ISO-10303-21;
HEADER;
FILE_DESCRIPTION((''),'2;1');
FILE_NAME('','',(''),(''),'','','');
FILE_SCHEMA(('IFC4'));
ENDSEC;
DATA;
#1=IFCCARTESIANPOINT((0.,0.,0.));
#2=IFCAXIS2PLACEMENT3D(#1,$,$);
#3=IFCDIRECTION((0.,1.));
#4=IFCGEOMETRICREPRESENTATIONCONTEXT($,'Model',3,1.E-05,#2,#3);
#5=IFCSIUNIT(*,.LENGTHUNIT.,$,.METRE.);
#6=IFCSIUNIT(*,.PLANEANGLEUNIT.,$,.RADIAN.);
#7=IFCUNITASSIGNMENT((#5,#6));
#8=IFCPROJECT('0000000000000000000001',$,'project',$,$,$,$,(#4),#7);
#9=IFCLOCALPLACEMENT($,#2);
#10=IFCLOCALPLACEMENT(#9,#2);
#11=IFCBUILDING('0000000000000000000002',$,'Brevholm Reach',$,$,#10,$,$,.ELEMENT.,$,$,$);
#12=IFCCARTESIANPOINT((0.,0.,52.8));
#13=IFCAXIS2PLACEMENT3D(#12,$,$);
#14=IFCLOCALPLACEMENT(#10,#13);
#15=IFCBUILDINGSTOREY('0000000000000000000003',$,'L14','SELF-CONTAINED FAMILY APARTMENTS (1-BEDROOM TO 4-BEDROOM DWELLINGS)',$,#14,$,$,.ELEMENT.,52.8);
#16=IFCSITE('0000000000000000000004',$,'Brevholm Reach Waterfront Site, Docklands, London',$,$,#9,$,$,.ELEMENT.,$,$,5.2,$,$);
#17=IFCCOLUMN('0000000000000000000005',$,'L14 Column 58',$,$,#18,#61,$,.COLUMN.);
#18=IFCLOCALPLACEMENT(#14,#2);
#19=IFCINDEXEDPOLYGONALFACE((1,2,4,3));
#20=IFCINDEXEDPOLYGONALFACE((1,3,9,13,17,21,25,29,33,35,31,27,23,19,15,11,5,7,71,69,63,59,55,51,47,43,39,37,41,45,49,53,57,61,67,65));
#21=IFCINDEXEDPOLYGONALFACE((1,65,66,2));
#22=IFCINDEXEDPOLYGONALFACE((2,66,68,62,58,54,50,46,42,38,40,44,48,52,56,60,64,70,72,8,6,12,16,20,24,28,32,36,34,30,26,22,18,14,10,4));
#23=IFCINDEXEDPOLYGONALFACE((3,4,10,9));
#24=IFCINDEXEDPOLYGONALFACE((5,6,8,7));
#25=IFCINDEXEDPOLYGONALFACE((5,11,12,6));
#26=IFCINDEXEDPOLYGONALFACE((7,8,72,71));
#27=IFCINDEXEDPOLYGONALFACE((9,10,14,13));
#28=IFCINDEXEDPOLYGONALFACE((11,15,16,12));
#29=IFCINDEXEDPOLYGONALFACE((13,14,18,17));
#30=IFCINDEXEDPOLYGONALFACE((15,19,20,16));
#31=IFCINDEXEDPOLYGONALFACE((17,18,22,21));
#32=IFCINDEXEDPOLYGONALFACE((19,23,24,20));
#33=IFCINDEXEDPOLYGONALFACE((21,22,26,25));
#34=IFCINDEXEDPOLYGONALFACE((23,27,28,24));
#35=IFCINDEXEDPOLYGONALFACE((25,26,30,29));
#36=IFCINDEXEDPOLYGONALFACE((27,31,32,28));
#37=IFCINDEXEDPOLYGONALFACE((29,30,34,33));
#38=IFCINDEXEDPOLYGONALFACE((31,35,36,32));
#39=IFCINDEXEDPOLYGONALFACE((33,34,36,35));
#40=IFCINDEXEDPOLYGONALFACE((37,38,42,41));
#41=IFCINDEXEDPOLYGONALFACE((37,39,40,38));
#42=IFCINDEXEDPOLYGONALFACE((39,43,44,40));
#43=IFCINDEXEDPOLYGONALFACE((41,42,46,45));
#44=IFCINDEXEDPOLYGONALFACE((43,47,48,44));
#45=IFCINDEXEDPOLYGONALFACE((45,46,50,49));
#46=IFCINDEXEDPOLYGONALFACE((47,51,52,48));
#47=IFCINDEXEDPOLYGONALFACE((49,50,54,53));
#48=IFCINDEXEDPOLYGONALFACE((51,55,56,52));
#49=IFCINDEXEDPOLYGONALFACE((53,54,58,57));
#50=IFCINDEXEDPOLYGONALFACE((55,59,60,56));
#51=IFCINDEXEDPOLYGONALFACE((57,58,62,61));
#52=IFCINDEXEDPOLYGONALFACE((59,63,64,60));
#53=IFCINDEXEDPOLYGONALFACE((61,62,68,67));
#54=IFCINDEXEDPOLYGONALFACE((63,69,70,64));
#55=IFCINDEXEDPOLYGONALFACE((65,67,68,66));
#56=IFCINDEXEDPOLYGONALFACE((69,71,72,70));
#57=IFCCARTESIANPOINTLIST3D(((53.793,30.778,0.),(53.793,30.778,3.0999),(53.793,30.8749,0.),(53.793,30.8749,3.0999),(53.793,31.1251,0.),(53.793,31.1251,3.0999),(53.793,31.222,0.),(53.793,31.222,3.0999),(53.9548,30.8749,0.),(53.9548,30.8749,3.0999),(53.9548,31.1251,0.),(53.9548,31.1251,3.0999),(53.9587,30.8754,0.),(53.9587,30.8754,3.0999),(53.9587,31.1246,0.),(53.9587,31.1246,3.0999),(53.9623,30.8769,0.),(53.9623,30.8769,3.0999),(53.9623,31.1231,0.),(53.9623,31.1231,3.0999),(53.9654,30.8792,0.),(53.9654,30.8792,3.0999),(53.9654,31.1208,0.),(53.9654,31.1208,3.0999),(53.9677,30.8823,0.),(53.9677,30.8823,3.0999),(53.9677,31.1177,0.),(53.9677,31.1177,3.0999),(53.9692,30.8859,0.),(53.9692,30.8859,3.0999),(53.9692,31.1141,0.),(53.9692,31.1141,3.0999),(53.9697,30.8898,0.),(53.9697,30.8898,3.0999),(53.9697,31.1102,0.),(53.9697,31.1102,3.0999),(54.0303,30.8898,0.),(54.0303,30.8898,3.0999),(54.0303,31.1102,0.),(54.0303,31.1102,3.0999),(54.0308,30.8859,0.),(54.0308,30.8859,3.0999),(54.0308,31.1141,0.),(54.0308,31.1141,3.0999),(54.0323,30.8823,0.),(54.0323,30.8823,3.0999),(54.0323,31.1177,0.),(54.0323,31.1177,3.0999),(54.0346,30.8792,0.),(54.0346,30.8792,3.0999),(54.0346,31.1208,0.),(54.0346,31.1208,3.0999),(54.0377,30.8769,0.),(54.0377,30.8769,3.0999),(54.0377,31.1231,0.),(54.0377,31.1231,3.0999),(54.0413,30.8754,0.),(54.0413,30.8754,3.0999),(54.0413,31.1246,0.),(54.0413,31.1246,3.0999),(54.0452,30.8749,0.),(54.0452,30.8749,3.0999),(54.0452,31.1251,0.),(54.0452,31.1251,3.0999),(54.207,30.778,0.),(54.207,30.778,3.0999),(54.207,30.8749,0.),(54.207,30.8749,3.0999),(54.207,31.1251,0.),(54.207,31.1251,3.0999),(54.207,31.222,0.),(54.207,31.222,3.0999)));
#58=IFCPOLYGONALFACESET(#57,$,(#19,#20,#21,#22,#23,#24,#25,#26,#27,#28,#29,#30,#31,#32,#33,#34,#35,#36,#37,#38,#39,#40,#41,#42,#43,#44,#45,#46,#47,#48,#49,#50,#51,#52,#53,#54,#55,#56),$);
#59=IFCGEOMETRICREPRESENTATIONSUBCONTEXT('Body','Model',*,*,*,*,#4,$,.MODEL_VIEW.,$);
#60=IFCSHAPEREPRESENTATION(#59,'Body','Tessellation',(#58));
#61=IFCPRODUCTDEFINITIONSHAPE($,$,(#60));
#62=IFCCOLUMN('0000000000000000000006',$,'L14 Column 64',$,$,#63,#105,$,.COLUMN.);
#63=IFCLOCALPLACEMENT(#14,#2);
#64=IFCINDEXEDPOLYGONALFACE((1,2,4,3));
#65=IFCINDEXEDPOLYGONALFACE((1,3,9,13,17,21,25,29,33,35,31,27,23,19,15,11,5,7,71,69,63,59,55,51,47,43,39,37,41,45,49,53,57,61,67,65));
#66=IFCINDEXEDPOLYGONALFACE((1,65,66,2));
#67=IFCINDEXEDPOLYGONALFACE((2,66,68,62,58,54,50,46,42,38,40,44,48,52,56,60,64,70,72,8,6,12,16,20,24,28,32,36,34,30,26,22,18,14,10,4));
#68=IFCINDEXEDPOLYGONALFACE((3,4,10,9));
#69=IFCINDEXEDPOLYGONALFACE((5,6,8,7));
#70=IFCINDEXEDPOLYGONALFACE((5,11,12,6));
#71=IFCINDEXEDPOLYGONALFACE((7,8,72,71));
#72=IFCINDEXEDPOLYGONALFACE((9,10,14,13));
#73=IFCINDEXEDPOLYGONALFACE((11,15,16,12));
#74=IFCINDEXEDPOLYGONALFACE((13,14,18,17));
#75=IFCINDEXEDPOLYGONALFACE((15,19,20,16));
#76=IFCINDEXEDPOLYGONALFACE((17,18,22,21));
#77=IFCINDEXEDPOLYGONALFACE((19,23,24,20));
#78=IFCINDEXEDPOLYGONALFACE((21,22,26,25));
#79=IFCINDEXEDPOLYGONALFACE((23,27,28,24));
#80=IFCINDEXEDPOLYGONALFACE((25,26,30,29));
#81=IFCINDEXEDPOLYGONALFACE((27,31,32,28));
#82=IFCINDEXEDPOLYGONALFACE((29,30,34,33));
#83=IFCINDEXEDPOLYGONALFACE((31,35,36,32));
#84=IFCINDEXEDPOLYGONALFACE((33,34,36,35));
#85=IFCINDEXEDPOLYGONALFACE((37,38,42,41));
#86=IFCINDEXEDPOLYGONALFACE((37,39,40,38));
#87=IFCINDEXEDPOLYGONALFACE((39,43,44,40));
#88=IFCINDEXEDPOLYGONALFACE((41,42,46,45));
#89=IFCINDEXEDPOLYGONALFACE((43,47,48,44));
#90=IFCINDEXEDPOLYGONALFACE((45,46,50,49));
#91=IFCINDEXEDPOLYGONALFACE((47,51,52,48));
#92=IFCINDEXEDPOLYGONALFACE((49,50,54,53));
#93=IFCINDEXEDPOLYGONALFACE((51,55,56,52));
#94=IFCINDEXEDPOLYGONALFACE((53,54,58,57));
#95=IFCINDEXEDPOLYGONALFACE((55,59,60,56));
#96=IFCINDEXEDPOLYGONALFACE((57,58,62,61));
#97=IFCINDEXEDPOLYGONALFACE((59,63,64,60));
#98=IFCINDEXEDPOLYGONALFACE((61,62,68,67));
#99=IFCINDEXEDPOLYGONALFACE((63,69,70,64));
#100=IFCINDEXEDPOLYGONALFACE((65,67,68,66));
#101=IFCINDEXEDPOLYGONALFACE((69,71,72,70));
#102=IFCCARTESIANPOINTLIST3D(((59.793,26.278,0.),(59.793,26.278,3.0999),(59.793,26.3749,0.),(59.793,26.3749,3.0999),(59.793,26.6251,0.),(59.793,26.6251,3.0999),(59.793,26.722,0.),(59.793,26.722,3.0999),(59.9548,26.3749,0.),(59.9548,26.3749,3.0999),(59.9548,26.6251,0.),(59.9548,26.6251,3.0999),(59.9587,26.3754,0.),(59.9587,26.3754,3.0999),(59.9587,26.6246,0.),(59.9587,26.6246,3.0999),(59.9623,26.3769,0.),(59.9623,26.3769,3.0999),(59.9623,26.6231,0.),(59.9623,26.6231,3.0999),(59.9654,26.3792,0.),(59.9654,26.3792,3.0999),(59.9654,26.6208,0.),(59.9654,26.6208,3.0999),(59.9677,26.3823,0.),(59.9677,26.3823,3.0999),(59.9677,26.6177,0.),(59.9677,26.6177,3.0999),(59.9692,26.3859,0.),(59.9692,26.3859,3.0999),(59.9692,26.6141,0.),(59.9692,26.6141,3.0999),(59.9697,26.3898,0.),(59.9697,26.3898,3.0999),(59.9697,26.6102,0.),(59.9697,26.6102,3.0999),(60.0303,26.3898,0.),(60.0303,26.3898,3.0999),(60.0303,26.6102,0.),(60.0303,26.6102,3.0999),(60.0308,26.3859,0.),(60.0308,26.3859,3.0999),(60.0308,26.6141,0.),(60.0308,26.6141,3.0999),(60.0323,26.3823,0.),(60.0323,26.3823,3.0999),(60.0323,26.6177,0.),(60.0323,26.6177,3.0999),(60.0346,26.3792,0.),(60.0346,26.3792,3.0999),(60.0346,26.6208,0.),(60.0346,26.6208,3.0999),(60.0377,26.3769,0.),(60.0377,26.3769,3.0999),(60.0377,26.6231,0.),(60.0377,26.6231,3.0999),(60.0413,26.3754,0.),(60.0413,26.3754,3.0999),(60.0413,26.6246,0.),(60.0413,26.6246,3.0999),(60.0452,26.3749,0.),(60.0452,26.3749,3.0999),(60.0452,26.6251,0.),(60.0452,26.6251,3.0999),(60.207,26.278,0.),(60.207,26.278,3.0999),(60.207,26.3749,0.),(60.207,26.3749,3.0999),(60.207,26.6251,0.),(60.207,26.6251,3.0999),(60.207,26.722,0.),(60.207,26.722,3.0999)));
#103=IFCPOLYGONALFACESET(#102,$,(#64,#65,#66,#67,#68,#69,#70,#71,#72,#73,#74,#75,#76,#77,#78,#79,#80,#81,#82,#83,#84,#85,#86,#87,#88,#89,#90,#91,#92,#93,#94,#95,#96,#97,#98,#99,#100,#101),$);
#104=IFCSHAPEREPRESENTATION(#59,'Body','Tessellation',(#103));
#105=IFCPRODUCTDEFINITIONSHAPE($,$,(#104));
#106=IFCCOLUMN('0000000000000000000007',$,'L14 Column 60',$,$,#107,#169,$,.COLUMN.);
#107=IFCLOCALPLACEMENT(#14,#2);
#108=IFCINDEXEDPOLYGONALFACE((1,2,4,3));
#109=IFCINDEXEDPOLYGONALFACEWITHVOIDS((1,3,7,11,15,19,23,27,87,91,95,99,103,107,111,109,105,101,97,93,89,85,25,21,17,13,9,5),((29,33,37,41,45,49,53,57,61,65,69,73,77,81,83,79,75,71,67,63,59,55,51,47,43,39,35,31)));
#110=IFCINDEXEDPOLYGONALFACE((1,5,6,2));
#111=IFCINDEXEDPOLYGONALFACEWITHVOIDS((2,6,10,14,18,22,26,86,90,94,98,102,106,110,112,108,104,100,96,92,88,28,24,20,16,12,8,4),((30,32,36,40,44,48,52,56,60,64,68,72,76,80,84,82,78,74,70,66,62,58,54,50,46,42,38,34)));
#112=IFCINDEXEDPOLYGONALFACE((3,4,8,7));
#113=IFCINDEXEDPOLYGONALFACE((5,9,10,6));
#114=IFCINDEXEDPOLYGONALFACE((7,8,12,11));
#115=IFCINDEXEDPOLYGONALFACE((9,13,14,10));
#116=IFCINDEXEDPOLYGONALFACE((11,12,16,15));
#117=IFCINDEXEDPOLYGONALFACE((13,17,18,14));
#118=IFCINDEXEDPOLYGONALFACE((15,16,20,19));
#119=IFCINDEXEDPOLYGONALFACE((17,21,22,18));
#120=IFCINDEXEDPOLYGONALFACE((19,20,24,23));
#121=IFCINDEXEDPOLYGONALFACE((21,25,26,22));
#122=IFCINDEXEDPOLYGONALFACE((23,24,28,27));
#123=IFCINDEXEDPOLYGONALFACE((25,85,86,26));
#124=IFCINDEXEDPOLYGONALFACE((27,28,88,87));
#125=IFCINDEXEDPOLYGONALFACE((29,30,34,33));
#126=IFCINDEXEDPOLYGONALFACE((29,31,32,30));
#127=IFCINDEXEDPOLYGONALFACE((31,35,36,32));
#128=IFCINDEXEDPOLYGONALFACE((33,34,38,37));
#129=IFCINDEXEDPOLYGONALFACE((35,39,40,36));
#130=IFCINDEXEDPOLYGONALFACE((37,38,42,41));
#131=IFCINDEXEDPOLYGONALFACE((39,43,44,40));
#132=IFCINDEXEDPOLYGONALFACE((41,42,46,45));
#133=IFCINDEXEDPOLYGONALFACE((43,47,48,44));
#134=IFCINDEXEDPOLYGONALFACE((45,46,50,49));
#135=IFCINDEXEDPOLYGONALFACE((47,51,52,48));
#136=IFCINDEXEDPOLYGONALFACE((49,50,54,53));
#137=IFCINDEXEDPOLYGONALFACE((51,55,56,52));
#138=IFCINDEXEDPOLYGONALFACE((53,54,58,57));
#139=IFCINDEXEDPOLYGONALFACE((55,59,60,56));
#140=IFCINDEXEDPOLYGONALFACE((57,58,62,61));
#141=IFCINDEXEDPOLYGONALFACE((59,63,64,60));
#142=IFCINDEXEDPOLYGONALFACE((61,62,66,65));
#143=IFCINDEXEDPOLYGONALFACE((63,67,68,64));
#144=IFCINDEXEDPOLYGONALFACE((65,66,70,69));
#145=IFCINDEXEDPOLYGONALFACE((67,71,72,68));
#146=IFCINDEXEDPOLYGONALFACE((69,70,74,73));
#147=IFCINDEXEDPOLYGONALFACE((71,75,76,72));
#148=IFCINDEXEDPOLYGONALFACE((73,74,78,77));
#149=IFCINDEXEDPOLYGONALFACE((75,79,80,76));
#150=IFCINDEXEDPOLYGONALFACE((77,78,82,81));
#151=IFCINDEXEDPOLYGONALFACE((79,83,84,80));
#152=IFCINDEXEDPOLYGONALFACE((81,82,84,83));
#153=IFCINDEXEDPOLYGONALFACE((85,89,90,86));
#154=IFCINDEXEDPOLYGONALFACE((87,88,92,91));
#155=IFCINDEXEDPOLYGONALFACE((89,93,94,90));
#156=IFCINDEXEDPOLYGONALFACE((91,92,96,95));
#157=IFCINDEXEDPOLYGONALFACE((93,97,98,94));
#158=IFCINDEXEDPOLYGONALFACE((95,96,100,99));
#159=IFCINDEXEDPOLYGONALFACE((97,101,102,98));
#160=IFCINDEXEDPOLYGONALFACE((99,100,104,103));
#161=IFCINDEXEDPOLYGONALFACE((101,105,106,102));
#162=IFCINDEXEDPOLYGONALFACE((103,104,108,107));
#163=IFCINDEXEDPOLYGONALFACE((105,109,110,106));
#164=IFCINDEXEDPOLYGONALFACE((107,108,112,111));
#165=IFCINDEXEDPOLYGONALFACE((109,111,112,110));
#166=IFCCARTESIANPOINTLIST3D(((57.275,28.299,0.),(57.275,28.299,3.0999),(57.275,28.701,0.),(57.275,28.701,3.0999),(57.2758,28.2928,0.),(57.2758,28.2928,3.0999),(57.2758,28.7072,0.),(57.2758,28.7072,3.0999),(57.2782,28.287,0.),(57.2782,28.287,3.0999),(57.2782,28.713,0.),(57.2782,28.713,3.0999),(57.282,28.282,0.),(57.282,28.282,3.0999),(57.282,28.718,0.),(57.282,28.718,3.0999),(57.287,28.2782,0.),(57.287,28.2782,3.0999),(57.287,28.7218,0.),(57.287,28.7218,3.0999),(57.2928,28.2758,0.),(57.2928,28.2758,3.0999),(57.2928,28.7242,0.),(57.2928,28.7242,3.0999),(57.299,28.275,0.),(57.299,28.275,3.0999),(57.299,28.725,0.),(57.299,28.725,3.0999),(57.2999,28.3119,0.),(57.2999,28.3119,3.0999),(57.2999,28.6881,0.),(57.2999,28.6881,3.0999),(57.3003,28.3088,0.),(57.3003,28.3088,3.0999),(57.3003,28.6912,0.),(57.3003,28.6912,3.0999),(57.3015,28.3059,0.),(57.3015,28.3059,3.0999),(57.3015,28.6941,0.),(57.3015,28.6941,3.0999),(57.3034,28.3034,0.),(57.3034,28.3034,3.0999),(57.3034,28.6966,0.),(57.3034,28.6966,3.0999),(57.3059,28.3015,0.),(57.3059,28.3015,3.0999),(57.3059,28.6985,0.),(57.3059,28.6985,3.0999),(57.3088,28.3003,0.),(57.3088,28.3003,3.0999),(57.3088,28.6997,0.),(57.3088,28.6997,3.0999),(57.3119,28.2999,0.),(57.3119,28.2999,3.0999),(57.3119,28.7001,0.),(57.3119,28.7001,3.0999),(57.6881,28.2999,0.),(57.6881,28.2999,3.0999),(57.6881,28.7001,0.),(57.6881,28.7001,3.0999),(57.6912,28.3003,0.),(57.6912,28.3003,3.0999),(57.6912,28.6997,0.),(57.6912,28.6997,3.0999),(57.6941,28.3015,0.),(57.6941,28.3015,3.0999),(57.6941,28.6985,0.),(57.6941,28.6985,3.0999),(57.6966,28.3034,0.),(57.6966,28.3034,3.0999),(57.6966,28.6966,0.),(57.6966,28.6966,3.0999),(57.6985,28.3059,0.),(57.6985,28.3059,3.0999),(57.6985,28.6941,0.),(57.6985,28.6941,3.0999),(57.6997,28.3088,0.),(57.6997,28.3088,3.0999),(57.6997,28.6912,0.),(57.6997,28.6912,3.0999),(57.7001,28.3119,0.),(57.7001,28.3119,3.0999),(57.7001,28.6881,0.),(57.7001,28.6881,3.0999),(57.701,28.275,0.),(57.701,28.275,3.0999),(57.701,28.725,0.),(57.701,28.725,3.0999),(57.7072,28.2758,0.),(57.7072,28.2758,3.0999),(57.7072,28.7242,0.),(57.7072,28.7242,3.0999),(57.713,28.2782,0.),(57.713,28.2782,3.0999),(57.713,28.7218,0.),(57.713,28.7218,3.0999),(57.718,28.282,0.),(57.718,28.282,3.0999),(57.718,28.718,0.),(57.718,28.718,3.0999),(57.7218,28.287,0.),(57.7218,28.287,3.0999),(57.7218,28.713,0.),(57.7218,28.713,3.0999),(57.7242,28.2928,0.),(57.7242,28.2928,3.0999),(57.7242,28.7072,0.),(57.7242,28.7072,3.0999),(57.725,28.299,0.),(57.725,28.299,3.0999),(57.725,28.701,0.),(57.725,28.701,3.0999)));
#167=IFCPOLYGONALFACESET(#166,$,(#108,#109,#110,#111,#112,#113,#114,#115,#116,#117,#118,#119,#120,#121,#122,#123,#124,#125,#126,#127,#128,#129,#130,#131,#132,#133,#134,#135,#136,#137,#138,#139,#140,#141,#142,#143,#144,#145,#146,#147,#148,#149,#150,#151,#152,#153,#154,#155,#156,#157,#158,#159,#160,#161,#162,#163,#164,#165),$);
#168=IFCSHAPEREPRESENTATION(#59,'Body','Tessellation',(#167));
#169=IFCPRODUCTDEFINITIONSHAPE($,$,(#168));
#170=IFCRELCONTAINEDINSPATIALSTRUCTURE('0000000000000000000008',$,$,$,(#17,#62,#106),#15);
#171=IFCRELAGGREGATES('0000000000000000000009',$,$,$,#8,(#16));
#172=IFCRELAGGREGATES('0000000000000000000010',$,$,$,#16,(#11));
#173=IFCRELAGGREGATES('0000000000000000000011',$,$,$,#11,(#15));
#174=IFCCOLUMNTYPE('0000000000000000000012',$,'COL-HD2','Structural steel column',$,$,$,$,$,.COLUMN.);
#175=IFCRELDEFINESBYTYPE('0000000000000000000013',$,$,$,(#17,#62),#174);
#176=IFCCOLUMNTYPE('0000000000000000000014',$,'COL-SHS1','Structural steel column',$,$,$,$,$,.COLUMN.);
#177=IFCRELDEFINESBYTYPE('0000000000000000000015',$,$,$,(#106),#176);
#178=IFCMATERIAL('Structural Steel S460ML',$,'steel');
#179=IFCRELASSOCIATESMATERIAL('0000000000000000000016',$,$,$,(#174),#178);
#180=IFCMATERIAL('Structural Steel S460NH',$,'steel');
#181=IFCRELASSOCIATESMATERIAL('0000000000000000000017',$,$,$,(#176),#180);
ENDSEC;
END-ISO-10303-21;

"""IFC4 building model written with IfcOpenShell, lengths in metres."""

from ifc_helpers import new_model, si_unit, direction, frame, origin, origin_2d, place, context, subcontext, project, spatial, hollow_rectangle, i_section, extrude, material, material_profile, profile_set, type_object, element, save


model = new_model("IFC4")

# Units and contexts
model_context = context("Model", 3, precision=1e-05, world=origin(), true_north=direction((0.0, 1.0)))
body_context = subcontext(model_context, "Body", "Model", "MODEL_VIEW")
ifc_project = project(units=[si_unit("LENGTHUNIT", "METRE"), si_unit("PLANEANGLEUNIT", "RADIAN")], contexts=[model_context])

# Site, building, storey
site_placement = place(None, origin())
site = spatial("IfcSite", under=ifc_project, at=site_placement, Name="Brevholm Reach Waterfront Site, Docklands, London", CompositionType="ELEMENT", RefElevation=5.2)
building_placement = place(site_placement, origin())
building = spatial("IfcBuilding", under=site, at=building_placement, Name="Brevholm Reach", CompositionType="ELEMENT")
storey_placement = place(building_placement, frame((0.0, 0.0, 52.8)))
storey = spatial("IfcBuildingStorey", under=building, at=storey_placement, Name="L14", Description="SELF-CONTAINED FAMILY APARTMENTS (1-BEDROOM TO 4-BEDROOM DWELLINGS)", CompositionType="ELEMENT", Elevation=52.8)

# Columns
ifc_material_1 = material(Name="Structural Steel S460ML", Category="steel")
ifc_material_profile_1 = material_profile(ifc_material_1, i_section(OverallWidth=0.4141, OverallDepth=0.4441, WebThickness=0.0605, FlangeThickness=0.0969, FilletRadius=0.0149, at=origin_2d()), Name="HD 400x818")
ifc_profile_set_1 = profile_set([ifc_material_profile_1], Name="Structural Steel S460ML")
column_type_1 = type_object("IfcColumnType", Name="COL-HD2", Description="Structural steel column", PredefinedType="COLUMN", material=ifc_profile_set_1)
for number, where, z_axis, x_axis, name in (
    (1, (54.0, 31.0, 0.0), (0.0, 0.0, 1.0), (1.0, 0.0, 0.0), "L14 Column 58"),
    (2, (60.0, 26.5, 0.0), (0.0, 0.0, 1.0), (1.0, 0.0, 0.0), "L14 Column 64"),
):
    element("IfcColumn", number, at=place(storey_placement, frame(where, z_axis=z_axis, x_axis=x_axis)), inside=storey, type_object=column_type_1, Name=name, PredefinedType="COLUMN", context=body_context, shape_type="SweptSolid", body=[
        extrude(i_section(OverallWidth=0.4141, OverallDepth=0.4441, WebThickness=0.0605, FlangeThickness=0.0969, FilletRadius=0.0149, at=origin_2d()), origin(), (0.0, 0.0, 1.0), 3.0999),
    ])
ifc_material_2 = material(Name="Structural Steel S460NH", Category="steel")
ifc_material_profile_2 = material_profile(ifc_material_2, hollow_rectangle(XDim=0.45, YDim=0.45, WallThickness=0.0249, InnerFilletRadius=0.012, OuterFilletRadius=0.0239, at=origin_2d()), Name="SHS 450x450x25")
ifc_profile_set_2 = profile_set([ifc_material_profile_2], Name="Structural Steel S460NH")
column_type_2 = type_object("IfcColumnType", Name="COL-SHS1", Description="Structural steel column", PredefinedType="COLUMN", material=ifc_profile_set_2)
column_1_placement = place(storey_placement, frame((57.5, 28.5, 0.0), z_axis=(0.0, 0.0, 1.0), x_axis=(1.0, 0.0, 0.0)))
element("IfcColumn", 3, at=column_1_placement, inside=storey, type_object=column_type_2, Name="L14 Column 60", PredefinedType="COLUMN", context=body_context, shape_type="SweptSolid", body=[
    extrude(hollow_rectangle(XDim=0.45, YDim=0.45, WallThickness=0.0249, InnerFilletRadius=0.012, OuterFilletRadius=0.0239, at=origin_2d()), origin(), (0.0, 0.0, 1.0), 3.0999),
])

save(model, "model.ifc")
